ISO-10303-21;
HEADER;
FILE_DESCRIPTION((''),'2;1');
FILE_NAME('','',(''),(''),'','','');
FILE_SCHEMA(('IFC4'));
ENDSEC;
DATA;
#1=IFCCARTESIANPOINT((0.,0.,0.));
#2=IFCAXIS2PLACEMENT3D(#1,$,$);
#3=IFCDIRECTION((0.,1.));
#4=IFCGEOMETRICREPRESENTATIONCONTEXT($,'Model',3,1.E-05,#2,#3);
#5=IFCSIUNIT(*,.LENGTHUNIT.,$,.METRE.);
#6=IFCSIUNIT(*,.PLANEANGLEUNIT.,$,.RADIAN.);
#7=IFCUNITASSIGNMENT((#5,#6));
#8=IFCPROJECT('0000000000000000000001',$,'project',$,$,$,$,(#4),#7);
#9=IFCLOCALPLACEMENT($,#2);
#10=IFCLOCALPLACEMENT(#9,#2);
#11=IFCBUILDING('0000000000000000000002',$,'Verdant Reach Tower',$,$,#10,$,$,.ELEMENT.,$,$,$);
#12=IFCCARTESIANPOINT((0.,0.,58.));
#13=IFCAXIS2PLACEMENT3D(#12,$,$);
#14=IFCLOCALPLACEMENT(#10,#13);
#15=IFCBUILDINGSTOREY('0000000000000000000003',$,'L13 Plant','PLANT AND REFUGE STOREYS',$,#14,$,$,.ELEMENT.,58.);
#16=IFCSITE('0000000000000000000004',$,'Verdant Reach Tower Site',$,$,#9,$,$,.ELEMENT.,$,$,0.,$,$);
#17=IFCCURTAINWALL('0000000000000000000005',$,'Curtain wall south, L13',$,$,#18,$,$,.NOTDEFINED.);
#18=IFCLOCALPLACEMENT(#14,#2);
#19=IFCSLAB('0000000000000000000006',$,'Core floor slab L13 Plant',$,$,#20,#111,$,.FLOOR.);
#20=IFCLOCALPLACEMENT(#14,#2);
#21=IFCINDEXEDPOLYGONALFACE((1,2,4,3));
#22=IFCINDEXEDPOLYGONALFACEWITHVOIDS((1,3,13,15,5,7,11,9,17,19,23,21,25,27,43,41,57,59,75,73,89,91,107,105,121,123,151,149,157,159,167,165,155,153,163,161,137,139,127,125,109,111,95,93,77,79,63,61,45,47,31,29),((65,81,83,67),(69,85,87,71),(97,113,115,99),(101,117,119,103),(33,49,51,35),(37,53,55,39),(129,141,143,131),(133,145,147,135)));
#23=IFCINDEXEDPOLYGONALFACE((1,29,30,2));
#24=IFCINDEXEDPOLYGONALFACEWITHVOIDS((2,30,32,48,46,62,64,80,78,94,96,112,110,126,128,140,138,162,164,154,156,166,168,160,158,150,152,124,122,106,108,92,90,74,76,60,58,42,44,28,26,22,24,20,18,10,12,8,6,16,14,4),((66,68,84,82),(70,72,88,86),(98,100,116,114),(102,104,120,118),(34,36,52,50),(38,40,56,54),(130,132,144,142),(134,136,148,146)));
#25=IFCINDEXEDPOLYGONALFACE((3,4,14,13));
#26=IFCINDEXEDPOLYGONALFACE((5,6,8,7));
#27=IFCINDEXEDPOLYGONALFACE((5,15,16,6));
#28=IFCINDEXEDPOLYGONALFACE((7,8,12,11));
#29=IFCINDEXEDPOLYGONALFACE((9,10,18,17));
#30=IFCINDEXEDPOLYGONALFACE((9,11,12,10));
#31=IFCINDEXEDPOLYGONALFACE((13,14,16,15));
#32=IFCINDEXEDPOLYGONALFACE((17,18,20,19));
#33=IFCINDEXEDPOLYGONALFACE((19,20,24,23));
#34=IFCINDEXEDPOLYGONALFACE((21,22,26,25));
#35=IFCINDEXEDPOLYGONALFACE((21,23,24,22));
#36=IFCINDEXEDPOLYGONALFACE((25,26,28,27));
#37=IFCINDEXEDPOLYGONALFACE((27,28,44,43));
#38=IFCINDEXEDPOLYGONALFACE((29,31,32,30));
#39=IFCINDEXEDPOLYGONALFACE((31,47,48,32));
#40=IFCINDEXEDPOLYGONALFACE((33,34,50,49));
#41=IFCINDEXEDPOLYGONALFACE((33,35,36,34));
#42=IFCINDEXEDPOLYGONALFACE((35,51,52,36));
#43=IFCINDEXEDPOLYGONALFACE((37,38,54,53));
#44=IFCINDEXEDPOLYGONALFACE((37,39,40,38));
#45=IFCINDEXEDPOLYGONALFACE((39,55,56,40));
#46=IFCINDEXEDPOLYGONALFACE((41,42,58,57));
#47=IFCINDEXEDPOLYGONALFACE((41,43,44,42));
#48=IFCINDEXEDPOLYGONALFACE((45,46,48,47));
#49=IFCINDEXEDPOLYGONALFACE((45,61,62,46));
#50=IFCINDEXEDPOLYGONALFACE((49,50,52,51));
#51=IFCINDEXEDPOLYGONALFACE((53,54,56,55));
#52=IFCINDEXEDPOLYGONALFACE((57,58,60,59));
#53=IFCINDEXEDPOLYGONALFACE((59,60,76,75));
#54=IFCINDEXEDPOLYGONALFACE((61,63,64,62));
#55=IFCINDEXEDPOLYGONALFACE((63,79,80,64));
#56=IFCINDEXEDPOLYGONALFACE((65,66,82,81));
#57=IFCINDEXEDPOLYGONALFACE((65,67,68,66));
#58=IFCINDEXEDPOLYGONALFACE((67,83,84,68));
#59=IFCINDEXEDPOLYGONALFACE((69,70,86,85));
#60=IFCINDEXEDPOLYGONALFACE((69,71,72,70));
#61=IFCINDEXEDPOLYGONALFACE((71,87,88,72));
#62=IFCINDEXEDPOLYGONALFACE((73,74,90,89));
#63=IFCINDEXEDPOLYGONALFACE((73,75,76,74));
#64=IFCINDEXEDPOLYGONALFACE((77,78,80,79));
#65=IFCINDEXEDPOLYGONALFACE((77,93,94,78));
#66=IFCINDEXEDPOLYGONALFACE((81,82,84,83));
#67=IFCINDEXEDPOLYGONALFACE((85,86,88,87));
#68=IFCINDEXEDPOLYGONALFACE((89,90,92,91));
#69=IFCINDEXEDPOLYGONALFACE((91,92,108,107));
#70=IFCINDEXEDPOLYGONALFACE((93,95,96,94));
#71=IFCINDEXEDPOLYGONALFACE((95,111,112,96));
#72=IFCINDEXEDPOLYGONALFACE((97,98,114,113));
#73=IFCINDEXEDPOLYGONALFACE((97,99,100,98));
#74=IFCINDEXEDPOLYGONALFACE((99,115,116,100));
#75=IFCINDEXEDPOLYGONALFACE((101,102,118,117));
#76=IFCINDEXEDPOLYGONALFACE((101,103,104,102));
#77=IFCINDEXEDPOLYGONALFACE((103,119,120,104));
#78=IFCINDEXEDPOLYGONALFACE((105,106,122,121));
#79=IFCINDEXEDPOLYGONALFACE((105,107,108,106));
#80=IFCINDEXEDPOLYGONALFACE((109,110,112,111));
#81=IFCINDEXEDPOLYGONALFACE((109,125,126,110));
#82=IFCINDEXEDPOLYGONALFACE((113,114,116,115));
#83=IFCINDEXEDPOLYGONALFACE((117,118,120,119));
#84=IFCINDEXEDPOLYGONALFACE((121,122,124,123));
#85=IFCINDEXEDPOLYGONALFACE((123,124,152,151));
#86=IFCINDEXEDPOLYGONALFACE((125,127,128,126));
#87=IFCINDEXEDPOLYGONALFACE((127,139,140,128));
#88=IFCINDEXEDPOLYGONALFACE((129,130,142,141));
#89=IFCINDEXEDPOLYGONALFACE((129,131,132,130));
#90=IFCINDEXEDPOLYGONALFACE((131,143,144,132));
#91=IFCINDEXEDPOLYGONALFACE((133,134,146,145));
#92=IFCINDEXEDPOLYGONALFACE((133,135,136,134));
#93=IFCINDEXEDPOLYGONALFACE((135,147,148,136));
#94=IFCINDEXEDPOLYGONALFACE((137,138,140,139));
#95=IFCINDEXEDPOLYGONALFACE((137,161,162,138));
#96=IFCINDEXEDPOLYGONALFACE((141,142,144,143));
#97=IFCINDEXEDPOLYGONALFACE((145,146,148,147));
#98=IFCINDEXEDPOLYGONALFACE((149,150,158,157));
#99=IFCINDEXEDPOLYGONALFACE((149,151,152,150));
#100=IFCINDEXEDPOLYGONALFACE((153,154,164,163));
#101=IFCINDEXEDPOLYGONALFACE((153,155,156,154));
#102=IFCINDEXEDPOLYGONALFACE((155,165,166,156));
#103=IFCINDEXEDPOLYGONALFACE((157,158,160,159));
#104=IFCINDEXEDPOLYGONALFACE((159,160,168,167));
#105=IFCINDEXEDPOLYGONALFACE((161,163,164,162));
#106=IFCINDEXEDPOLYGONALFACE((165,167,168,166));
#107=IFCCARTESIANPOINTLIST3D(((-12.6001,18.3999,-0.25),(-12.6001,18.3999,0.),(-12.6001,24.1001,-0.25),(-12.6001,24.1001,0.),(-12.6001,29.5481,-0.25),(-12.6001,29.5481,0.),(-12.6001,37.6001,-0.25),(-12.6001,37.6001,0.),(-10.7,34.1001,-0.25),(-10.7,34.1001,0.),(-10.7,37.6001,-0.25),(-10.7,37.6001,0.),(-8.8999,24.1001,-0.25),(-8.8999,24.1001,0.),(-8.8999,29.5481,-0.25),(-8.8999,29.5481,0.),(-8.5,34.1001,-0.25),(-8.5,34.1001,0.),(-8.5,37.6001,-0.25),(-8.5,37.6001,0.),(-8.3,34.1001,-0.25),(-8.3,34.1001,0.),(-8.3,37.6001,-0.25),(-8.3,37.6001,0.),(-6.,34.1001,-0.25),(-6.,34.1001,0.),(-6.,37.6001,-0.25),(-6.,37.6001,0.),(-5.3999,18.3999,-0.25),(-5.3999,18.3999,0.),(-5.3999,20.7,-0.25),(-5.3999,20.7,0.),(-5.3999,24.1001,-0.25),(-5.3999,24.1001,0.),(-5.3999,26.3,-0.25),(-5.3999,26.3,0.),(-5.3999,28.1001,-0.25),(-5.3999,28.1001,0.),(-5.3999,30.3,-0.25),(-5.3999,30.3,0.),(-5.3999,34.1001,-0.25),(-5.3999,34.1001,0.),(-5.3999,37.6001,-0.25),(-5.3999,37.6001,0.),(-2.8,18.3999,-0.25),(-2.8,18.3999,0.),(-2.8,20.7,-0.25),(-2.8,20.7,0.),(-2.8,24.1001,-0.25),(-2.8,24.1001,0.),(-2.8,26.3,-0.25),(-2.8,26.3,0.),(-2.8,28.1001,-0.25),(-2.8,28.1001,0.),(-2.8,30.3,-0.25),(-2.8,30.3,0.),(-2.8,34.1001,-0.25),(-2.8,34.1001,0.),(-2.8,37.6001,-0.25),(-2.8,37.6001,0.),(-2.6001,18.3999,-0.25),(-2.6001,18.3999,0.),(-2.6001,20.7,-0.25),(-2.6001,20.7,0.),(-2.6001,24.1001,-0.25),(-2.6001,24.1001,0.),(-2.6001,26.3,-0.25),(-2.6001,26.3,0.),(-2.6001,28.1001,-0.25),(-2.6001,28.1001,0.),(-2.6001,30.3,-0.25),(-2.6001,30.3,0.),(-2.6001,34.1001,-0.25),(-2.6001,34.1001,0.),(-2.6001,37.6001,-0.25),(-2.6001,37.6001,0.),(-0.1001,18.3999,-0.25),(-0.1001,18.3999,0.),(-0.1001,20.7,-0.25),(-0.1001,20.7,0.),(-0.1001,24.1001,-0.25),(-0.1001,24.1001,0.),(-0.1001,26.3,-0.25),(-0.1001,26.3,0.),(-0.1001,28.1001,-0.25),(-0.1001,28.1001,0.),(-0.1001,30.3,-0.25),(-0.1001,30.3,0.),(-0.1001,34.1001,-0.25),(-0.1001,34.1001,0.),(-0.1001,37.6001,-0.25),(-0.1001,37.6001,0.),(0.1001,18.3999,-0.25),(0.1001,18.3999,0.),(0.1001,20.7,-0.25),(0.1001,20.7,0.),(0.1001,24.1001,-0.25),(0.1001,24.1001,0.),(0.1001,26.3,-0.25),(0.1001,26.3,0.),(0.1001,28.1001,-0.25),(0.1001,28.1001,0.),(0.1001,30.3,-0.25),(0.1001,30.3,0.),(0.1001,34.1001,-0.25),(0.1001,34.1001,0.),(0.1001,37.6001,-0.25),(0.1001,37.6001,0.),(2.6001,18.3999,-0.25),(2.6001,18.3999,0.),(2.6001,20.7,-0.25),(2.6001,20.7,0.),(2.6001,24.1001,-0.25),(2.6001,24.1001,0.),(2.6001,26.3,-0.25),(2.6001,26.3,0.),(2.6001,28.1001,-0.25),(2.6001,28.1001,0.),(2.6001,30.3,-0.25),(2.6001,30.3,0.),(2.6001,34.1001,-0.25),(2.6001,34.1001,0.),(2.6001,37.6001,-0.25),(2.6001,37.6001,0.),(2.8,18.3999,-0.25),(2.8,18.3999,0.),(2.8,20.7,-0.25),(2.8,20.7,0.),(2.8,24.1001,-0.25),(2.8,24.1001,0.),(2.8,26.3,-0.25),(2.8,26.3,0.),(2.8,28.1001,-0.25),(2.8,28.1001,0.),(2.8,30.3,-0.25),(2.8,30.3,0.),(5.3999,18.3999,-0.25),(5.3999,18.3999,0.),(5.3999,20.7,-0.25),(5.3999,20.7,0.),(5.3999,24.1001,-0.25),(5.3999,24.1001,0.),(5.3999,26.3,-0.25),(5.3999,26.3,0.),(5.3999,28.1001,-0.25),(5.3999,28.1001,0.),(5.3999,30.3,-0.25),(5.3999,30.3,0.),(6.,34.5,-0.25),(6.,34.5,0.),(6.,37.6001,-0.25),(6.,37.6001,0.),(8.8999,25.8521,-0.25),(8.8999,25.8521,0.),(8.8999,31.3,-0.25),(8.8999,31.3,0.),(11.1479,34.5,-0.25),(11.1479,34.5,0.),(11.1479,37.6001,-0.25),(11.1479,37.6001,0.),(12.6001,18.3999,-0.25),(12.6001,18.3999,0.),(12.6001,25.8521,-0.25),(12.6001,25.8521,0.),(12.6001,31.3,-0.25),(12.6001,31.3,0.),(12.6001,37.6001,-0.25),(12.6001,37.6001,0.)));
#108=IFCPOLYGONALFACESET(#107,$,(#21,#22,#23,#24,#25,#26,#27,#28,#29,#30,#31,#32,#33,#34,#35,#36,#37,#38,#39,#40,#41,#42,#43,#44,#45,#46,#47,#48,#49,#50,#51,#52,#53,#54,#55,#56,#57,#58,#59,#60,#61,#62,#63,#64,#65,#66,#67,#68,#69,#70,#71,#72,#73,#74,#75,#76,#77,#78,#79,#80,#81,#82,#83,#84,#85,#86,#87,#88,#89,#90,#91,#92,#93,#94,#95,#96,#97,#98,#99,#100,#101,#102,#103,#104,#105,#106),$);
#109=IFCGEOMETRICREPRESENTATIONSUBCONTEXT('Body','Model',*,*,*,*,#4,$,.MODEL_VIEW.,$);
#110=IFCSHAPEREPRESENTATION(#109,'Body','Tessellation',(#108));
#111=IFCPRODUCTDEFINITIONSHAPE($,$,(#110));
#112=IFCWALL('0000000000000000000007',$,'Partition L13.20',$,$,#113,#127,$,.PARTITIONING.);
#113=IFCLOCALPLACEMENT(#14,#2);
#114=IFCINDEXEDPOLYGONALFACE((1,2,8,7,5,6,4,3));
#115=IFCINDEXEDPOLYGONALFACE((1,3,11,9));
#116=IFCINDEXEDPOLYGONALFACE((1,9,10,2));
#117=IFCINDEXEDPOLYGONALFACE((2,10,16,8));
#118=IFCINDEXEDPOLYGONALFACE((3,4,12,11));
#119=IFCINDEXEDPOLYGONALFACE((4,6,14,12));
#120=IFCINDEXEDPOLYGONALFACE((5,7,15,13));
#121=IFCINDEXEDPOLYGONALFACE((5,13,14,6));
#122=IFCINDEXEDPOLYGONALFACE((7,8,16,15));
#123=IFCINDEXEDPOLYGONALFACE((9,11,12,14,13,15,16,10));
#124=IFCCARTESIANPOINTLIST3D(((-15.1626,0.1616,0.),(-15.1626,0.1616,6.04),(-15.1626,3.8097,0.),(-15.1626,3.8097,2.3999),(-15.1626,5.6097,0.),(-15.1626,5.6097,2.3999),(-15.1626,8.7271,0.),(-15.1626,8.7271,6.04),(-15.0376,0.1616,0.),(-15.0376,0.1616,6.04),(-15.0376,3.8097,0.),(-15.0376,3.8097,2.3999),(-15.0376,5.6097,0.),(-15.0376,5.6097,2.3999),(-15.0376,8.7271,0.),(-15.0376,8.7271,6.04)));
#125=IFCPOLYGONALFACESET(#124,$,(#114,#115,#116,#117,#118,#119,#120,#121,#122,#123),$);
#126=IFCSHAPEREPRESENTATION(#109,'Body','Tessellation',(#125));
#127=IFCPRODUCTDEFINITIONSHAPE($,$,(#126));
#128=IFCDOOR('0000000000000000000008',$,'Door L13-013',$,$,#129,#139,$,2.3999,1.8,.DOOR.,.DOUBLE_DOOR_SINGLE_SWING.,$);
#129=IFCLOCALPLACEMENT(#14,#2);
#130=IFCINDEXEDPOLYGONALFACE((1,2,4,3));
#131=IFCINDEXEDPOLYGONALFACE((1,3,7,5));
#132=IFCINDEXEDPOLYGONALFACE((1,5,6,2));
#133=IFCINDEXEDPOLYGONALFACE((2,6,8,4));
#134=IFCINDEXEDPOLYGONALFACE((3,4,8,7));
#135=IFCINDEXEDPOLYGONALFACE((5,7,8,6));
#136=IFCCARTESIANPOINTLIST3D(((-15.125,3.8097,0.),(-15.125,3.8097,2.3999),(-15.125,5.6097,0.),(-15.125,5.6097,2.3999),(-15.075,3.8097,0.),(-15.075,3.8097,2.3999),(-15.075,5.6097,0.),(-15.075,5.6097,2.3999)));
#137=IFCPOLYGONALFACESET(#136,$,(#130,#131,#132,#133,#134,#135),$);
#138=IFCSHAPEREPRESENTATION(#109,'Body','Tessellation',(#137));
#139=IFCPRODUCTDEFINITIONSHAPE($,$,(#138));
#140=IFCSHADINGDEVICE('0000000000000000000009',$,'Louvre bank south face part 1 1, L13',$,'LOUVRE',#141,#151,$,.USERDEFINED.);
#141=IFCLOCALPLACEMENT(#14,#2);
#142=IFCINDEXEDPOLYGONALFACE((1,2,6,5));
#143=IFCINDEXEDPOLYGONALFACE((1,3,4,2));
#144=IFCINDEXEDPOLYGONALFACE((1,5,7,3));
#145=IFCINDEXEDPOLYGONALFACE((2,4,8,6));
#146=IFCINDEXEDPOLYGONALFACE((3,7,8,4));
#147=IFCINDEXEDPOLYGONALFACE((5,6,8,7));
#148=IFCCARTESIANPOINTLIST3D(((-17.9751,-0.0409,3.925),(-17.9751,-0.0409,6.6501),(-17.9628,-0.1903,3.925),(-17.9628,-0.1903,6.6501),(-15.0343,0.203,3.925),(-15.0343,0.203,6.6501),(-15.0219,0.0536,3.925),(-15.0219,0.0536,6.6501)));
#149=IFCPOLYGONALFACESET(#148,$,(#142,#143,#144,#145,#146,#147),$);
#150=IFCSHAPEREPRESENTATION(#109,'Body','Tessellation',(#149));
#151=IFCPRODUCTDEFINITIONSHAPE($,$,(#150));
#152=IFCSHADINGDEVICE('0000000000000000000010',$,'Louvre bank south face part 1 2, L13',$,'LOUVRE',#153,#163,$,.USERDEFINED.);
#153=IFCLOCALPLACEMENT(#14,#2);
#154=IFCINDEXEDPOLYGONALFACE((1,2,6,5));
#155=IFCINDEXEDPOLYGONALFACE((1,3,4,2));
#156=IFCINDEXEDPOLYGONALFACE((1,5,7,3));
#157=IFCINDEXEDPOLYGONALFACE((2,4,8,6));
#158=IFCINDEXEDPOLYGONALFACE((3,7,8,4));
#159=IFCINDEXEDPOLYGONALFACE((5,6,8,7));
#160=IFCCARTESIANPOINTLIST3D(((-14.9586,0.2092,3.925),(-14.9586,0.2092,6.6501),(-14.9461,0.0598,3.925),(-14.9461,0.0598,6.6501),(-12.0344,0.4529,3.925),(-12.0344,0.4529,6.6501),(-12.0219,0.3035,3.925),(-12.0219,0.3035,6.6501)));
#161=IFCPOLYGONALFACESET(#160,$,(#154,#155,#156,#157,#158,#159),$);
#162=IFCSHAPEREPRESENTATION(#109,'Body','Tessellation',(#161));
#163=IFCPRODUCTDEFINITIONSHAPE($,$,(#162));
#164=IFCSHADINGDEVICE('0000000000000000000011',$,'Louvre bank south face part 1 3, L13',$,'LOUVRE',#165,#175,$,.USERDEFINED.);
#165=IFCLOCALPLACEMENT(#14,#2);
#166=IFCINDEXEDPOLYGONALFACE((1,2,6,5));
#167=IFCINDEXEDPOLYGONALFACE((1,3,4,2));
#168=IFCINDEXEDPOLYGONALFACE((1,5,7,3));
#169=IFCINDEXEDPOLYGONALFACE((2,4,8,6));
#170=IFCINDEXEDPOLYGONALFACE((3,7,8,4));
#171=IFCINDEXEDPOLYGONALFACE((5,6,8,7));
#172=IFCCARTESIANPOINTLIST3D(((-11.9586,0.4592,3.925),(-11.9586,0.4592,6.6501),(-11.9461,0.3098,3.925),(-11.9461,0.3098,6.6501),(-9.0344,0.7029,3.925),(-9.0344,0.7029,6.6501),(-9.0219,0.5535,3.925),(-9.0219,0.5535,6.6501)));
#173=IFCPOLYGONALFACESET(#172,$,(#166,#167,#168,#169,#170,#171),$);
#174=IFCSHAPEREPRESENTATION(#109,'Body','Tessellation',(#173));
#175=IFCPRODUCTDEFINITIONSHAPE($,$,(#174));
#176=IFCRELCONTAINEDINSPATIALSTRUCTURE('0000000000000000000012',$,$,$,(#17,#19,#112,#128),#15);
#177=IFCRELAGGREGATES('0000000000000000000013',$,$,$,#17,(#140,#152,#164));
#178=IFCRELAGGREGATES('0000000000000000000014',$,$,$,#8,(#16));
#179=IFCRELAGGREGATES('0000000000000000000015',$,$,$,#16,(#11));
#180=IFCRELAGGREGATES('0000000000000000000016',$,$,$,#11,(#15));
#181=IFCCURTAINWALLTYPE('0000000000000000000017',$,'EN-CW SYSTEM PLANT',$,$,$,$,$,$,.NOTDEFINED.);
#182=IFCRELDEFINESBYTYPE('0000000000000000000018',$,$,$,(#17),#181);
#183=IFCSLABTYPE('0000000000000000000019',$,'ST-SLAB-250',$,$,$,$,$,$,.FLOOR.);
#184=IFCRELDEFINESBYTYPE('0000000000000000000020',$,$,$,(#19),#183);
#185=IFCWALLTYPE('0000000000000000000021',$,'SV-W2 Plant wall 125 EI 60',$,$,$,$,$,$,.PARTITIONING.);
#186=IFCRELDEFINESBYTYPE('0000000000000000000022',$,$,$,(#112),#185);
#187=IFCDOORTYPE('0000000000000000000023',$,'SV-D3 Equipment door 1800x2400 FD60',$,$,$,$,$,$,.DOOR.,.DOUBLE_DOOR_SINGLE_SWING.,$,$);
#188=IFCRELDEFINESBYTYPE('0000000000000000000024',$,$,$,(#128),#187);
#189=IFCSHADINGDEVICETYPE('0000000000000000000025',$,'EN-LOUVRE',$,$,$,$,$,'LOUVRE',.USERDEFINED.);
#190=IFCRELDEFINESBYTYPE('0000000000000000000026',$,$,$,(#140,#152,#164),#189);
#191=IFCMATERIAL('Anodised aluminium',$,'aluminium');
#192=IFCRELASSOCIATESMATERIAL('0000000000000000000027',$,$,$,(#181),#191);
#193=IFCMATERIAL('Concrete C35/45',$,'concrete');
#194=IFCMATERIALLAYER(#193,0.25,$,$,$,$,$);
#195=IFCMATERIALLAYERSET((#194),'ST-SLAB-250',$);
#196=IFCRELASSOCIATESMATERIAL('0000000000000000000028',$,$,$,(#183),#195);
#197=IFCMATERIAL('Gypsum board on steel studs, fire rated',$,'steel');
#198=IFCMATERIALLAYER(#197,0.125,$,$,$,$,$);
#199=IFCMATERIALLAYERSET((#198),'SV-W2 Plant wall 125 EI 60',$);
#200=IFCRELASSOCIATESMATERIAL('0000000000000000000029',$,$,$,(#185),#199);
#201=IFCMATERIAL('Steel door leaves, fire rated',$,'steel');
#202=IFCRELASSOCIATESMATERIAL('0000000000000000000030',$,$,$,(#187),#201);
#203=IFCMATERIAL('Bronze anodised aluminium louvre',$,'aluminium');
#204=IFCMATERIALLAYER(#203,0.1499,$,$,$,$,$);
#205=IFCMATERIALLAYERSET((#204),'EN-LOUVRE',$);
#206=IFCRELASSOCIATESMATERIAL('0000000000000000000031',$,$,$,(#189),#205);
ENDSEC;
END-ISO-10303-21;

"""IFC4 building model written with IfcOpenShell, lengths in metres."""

from ifc_helpers import new_model, si_unit, direction, frame, frame_2d, origin, origin_2d, place, context, subcontext, project, spatial, polyline, rectangle, outline, extrude, material, layer, layer_set, type_object, element, fill, aggregate, save


model = new_model("IFC4")

# Units and contexts
model_context = context("Model", 3, precision=1e-05, world=origin(), true_north=direction((0.0, 1.0)))
body_context = subcontext(model_context, "Body", "Model", "MODEL_VIEW")
ifc_project = project(units=[si_unit("LENGTHUNIT", "METRE"), si_unit("PLANEANGLEUNIT", "RADIAN")], contexts=[model_context])

# Site, building, storey
site_placement = place(None, origin())
site = spatial("IfcSite", under=ifc_project, at=site_placement, Name="Verdant Reach Tower Site", CompositionType="ELEMENT", RefElevation=0.0)
building_placement = place(site_placement, origin())
building = spatial("IfcBuilding", under=site, at=building_placement, Name="Verdant Reach Tower", CompositionType="ELEMENT")
storey_placement = place(building_placement, frame((0.0, 0.0, 58.0)))
storey = spatial("IfcBuildingStorey", under=building, at=storey_placement, Name="L13 Plant", Description="PLANT AND REFUGE STOREYS", CompositionType="ELEMENT", Elevation=58.0)

# Curtain wall
ifc_material_1 = material(Name="Anodised aluminium", Category="aluminium")
curtain_wall_type = type_object("IfcCurtainWallType", Name="EN-CW SYSTEM PLANT", PredefinedType="NOTDEFINED", material=ifc_material_1)
curtain_wall_placement = place(storey_placement, origin())
curtain_wall = element("IfcCurtainWall", 1, at=curtain_wall_placement, inside=storey, type_object=curtain_wall_type, Name="Curtain wall south, L13", PredefinedType="NOTDEFINED")

# Slab
ifc_material_2 = material(Name="Concrete C35/45", Category="concrete")
ifc_layer_1 = layer(ifc_material_2, 0.25)
ifc_layer_set_1 = layer_set([ifc_layer_1], Name="ST-SLAB-250")
slab_type_1 = type_object("IfcSlabType", Name="ST-SLAB-250", PredefinedType="FLOOR", material=ifc_layer_set_1)
slab_1_placement = place(storey_placement, frame((0.0, 0.0, -0.25)))
element("IfcSlab", 2, at=slab_1_placement, inside=storey, type_object=slab_type_1, Name="Core floor slab L13 Plant", PredefinedType="FLOOR", context=body_context, shape_type="SweptSolid", body=[
    extrude(outline(polyline([(12.6001, 18.3999), (5.3999, 18.3999), (5.3999, 20.7), (2.8, 20.7), (2.8, 18.3999), (2.6001, 18.3999), (2.6001, 20.7), (0.1001, 20.7), (0.1001, 18.3999), (-0.1001, 18.3999), (-0.1001, 20.7), (-2.6001, 20.7), (-2.6001, 18.3999), (-2.8, 18.3999), (-2.8, 20.7), (-5.3999, 20.7), (-5.3999, 18.3999), (-12.6001, 18.3999), (-12.6001, 24.1001), (-8.8999, 24.1001), (-8.8999, 29.5481), (-12.6001, 29.5481), (-12.6001, 37.6001), (-10.7, 37.6001), (-10.7, 34.1001), (-8.5, 34.1001), (-8.5, 37.6001), (-8.3, 37.6001), (-8.3, 34.1001), (-6.0, 34.1001), (-6.0, 37.6001), (-5.3999, 37.6001), (-5.3999, 34.1001), (-2.8, 34.1001), (-2.8, 37.6001), (-2.6001, 37.6001), (-2.6001, 34.1001), (-0.1001, 34.1001), (-0.1001, 37.6001), (0.1001, 37.6001), (0.1001, 34.1001), (2.6001, 34.1001), (2.6001, 37.6001), (6.0, 37.6001), (6.0, 34.5), (11.1479, 34.5), (11.1479, 37.6001), (12.6001, 37.6001), (12.6001, 31.3), (8.8999, 31.3), (8.8999, 25.8521), (12.6001, 25.8521), (12.6001, 18.3999)]), holes=[polyline([(-2.8, 24.1001), (-2.8, 26.3), (-5.3999, 26.3), (-5.3999, 24.1001), (-2.8, 24.1001)]), polyline([(-2.6001, 24.1001), (-0.1001, 24.1001), (-0.1001, 26.3), (-2.6001, 26.3), (-2.6001, 24.1001)]), polyline([(-2.8, 28.1001), (-2.8, 30.3), (-5.3999, 30.3), (-5.3999, 28.1001), (-2.8, 28.1001)]), polyline([(-0.1001, 28.1001), (-0.1001, 30.3), (-2.6001, 30.3), (-2.6001, 28.1001), (-0.1001, 28.1001)]), polyline([(2.6001, 24.1001), (2.6001, 26.3), (0.1001, 26.3), (0.1001, 24.1001), (2.6001, 24.1001)]), polyline([(2.8, 24.1001), (5.3999, 24.1001), (5.3999, 26.3), (2.8, 26.3), (2.8, 24.1001)]), polyline([(2.6001, 28.1001), (2.6001, 30.3), (0.1001, 30.3), (0.1001, 28.1001), (2.6001, 28.1001)]), polyline([(5.3999, 28.1001), (5.3999, 30.3), (2.8, 30.3), (2.8, 28.1001), (5.3999, 28.1001)])]), origin(), (0.0, 0.0, 1.0), 0.25),
])

# Wall, opening, door
ifc_material_3 = material(Name="Gypsum board on steel studs, fire rated", Category="steel")
ifc_layer_2 = layer(ifc_material_3, 0.125)
ifc_layer_set_2 = layer_set([ifc_layer_2], Name="SV-W2 Plant wall 125 EI 60")
wall_type = type_object("IfcWallType", Name="SV-W2 Plant wall 125 EI 60", PredefinedType="PARTITIONING", material=ifc_layer_set_2)
wall_placement = place(storey_placement, frame((-15.1001, 0.1616, 0.0), z_axis=(0.0, 0.0, 1.0), x_axis=(0.0, 1.0, 0.0)))
wall = element("IfcWall", 3, at=wall_placement, inside=storey, type_object=wall_type, Name="Partition L13.20", PredefinedType="PARTITIONING", context=body_context, shape_type="SweptSolid", body=[
    extrude(rectangle(XDim=8.5654, YDim=0.125, at=frame_2d((4.2827, 0.0))), origin(), (0.0, 0.0, 1.0), 6.04),
])
opening_placement = place(wall_placement, frame((3.6482, 0.0, 0.0)))
opening = element("IfcOpeningElement", 4, at=opening_placement, cuts=wall, PredefinedType="OPENING", context=body_context, shape_type="SweptSolid", body=[
    extrude(rectangle(XDim=1.8, YDim=2.3999, at=frame_2d((0.8999, 1.2))), frame((0.0, 0.0725, 0.0), z_axis=(0.0, -1.0, 0.0), x_axis=(1.0, 0.0, 0.0)), (0.0, 0.0, 1.0), 0.145),
])
ifc_material_4 = material(Name="Steel door leaves, fire rated", Category="steel")
door_type = type_object("IfcDoorType", Name="SV-D3 Equipment door 1800x2400 FD60", OperationType="DOUBLE_DOOR_SINGLE_SWING", PredefinedType="DOOR", material=ifc_material_4)
door_placement = place(opening_placement, origin())
door = element("IfcDoor", 5, at=door_placement, inside=storey, type_object=door_type, Name="Door L13-013", OperationType="DOUBLE_DOOR_SINGLE_SWING", OverallHeight=2.3999, OverallWidth=1.8, PredefinedType="DOOR", context=body_context, shape_type="SweptSolid", body=[
    extrude(rectangle(XDim=1.8, YDim=2.3999, at=frame_2d((0.8999, 1.2))), frame((0.0, 0.0249, 0.0), z_axis=(0.0, -1.0, 0.0), x_axis=(1.0, 0.0, 0.0)), (0.0, 0.0, 1.0), 0.05),
])
fill(opening, door)

# Shading devices
ifc_material_5 = material(Name="Bronze anodised aluminium louvre", Category="aluminium")
ifc_layer_3 = layer(ifc_material_5, 0.1499)
ifc_layer_set_3 = layer_set([ifc_layer_3], Name="EN-LOUVRE")
shading_device_type = type_object("IfcShadingDeviceType", Name="EN-LOUVRE", ElementType="LOUVRE", PredefinedType="USERDEFINED", material=ifc_layer_set_3)
shading_device_1_placement = place(storey_placement, frame((-16.4985, 0.0063, 3.925), z_axis=(0.0, 0.0, 1.0), x_axis=(0.996578, 0.082664, 0.0)))
shading_device_1 = element("IfcShadingDevice", 6, at=shading_device_1_placement, type_object=shading_device_type, Name="Louvre bank south face part 1 1, L13", ObjectType="LOUVRE", PredefinedType="USERDEFINED", context=body_context, shape_type="SweptSolid", body=[
    extrude(rectangle(XDim=2.9509, YDim=0.1499, at=origin_2d()), origin(), (0.0, 0.0, 1.0), 2.7251),
])
shading_device_2_placement = place(storey_placement, frame((-13.4902, 0.2563, 3.925), z_axis=(0.0, 0.0, 1.0), x_axis=(0.996546, 0.083045, 0.0)))
shading_device_2 = element("IfcShadingDevice", 7, at=shading_device_2_placement, type_object=shading_device_type, Name="Louvre bank south face part 1 2, L13", ObjectType="LOUVRE", PredefinedType="USERDEFINED", context=body_context, shape_type="SweptSolid", body=[
    extrude(rectangle(XDim=2.9343, YDim=0.1499, at=origin_2d()), origin(), (0.0, 0.0, 1.0), 2.7251),
])
shading_device_3_placement = place(storey_placement, frame((-10.4902, 0.5063, 3.925), z_axis=(0.0, 0.0, 1.0), x_axis=(0.996546, 0.083045, 0.0)))
shading_device_3 = element("IfcShadingDevice", 8, at=shading_device_3_placement, type_object=shading_device_type, Name="Louvre bank south face part 1 3, L13", ObjectType="LOUVRE", PredefinedType="USERDEFINED", context=body_context, shape_type="SweptSolid", body=[
    extrude(rectangle(XDim=2.9343, YDim=0.1499, at=origin_2d()), origin(), (0.0, 0.0, 1.0), 2.7251),
])
aggregate(curtain_wall, [shading_device_1, shading_device_2, shading_device_3])

save(model, "model.ifc")
